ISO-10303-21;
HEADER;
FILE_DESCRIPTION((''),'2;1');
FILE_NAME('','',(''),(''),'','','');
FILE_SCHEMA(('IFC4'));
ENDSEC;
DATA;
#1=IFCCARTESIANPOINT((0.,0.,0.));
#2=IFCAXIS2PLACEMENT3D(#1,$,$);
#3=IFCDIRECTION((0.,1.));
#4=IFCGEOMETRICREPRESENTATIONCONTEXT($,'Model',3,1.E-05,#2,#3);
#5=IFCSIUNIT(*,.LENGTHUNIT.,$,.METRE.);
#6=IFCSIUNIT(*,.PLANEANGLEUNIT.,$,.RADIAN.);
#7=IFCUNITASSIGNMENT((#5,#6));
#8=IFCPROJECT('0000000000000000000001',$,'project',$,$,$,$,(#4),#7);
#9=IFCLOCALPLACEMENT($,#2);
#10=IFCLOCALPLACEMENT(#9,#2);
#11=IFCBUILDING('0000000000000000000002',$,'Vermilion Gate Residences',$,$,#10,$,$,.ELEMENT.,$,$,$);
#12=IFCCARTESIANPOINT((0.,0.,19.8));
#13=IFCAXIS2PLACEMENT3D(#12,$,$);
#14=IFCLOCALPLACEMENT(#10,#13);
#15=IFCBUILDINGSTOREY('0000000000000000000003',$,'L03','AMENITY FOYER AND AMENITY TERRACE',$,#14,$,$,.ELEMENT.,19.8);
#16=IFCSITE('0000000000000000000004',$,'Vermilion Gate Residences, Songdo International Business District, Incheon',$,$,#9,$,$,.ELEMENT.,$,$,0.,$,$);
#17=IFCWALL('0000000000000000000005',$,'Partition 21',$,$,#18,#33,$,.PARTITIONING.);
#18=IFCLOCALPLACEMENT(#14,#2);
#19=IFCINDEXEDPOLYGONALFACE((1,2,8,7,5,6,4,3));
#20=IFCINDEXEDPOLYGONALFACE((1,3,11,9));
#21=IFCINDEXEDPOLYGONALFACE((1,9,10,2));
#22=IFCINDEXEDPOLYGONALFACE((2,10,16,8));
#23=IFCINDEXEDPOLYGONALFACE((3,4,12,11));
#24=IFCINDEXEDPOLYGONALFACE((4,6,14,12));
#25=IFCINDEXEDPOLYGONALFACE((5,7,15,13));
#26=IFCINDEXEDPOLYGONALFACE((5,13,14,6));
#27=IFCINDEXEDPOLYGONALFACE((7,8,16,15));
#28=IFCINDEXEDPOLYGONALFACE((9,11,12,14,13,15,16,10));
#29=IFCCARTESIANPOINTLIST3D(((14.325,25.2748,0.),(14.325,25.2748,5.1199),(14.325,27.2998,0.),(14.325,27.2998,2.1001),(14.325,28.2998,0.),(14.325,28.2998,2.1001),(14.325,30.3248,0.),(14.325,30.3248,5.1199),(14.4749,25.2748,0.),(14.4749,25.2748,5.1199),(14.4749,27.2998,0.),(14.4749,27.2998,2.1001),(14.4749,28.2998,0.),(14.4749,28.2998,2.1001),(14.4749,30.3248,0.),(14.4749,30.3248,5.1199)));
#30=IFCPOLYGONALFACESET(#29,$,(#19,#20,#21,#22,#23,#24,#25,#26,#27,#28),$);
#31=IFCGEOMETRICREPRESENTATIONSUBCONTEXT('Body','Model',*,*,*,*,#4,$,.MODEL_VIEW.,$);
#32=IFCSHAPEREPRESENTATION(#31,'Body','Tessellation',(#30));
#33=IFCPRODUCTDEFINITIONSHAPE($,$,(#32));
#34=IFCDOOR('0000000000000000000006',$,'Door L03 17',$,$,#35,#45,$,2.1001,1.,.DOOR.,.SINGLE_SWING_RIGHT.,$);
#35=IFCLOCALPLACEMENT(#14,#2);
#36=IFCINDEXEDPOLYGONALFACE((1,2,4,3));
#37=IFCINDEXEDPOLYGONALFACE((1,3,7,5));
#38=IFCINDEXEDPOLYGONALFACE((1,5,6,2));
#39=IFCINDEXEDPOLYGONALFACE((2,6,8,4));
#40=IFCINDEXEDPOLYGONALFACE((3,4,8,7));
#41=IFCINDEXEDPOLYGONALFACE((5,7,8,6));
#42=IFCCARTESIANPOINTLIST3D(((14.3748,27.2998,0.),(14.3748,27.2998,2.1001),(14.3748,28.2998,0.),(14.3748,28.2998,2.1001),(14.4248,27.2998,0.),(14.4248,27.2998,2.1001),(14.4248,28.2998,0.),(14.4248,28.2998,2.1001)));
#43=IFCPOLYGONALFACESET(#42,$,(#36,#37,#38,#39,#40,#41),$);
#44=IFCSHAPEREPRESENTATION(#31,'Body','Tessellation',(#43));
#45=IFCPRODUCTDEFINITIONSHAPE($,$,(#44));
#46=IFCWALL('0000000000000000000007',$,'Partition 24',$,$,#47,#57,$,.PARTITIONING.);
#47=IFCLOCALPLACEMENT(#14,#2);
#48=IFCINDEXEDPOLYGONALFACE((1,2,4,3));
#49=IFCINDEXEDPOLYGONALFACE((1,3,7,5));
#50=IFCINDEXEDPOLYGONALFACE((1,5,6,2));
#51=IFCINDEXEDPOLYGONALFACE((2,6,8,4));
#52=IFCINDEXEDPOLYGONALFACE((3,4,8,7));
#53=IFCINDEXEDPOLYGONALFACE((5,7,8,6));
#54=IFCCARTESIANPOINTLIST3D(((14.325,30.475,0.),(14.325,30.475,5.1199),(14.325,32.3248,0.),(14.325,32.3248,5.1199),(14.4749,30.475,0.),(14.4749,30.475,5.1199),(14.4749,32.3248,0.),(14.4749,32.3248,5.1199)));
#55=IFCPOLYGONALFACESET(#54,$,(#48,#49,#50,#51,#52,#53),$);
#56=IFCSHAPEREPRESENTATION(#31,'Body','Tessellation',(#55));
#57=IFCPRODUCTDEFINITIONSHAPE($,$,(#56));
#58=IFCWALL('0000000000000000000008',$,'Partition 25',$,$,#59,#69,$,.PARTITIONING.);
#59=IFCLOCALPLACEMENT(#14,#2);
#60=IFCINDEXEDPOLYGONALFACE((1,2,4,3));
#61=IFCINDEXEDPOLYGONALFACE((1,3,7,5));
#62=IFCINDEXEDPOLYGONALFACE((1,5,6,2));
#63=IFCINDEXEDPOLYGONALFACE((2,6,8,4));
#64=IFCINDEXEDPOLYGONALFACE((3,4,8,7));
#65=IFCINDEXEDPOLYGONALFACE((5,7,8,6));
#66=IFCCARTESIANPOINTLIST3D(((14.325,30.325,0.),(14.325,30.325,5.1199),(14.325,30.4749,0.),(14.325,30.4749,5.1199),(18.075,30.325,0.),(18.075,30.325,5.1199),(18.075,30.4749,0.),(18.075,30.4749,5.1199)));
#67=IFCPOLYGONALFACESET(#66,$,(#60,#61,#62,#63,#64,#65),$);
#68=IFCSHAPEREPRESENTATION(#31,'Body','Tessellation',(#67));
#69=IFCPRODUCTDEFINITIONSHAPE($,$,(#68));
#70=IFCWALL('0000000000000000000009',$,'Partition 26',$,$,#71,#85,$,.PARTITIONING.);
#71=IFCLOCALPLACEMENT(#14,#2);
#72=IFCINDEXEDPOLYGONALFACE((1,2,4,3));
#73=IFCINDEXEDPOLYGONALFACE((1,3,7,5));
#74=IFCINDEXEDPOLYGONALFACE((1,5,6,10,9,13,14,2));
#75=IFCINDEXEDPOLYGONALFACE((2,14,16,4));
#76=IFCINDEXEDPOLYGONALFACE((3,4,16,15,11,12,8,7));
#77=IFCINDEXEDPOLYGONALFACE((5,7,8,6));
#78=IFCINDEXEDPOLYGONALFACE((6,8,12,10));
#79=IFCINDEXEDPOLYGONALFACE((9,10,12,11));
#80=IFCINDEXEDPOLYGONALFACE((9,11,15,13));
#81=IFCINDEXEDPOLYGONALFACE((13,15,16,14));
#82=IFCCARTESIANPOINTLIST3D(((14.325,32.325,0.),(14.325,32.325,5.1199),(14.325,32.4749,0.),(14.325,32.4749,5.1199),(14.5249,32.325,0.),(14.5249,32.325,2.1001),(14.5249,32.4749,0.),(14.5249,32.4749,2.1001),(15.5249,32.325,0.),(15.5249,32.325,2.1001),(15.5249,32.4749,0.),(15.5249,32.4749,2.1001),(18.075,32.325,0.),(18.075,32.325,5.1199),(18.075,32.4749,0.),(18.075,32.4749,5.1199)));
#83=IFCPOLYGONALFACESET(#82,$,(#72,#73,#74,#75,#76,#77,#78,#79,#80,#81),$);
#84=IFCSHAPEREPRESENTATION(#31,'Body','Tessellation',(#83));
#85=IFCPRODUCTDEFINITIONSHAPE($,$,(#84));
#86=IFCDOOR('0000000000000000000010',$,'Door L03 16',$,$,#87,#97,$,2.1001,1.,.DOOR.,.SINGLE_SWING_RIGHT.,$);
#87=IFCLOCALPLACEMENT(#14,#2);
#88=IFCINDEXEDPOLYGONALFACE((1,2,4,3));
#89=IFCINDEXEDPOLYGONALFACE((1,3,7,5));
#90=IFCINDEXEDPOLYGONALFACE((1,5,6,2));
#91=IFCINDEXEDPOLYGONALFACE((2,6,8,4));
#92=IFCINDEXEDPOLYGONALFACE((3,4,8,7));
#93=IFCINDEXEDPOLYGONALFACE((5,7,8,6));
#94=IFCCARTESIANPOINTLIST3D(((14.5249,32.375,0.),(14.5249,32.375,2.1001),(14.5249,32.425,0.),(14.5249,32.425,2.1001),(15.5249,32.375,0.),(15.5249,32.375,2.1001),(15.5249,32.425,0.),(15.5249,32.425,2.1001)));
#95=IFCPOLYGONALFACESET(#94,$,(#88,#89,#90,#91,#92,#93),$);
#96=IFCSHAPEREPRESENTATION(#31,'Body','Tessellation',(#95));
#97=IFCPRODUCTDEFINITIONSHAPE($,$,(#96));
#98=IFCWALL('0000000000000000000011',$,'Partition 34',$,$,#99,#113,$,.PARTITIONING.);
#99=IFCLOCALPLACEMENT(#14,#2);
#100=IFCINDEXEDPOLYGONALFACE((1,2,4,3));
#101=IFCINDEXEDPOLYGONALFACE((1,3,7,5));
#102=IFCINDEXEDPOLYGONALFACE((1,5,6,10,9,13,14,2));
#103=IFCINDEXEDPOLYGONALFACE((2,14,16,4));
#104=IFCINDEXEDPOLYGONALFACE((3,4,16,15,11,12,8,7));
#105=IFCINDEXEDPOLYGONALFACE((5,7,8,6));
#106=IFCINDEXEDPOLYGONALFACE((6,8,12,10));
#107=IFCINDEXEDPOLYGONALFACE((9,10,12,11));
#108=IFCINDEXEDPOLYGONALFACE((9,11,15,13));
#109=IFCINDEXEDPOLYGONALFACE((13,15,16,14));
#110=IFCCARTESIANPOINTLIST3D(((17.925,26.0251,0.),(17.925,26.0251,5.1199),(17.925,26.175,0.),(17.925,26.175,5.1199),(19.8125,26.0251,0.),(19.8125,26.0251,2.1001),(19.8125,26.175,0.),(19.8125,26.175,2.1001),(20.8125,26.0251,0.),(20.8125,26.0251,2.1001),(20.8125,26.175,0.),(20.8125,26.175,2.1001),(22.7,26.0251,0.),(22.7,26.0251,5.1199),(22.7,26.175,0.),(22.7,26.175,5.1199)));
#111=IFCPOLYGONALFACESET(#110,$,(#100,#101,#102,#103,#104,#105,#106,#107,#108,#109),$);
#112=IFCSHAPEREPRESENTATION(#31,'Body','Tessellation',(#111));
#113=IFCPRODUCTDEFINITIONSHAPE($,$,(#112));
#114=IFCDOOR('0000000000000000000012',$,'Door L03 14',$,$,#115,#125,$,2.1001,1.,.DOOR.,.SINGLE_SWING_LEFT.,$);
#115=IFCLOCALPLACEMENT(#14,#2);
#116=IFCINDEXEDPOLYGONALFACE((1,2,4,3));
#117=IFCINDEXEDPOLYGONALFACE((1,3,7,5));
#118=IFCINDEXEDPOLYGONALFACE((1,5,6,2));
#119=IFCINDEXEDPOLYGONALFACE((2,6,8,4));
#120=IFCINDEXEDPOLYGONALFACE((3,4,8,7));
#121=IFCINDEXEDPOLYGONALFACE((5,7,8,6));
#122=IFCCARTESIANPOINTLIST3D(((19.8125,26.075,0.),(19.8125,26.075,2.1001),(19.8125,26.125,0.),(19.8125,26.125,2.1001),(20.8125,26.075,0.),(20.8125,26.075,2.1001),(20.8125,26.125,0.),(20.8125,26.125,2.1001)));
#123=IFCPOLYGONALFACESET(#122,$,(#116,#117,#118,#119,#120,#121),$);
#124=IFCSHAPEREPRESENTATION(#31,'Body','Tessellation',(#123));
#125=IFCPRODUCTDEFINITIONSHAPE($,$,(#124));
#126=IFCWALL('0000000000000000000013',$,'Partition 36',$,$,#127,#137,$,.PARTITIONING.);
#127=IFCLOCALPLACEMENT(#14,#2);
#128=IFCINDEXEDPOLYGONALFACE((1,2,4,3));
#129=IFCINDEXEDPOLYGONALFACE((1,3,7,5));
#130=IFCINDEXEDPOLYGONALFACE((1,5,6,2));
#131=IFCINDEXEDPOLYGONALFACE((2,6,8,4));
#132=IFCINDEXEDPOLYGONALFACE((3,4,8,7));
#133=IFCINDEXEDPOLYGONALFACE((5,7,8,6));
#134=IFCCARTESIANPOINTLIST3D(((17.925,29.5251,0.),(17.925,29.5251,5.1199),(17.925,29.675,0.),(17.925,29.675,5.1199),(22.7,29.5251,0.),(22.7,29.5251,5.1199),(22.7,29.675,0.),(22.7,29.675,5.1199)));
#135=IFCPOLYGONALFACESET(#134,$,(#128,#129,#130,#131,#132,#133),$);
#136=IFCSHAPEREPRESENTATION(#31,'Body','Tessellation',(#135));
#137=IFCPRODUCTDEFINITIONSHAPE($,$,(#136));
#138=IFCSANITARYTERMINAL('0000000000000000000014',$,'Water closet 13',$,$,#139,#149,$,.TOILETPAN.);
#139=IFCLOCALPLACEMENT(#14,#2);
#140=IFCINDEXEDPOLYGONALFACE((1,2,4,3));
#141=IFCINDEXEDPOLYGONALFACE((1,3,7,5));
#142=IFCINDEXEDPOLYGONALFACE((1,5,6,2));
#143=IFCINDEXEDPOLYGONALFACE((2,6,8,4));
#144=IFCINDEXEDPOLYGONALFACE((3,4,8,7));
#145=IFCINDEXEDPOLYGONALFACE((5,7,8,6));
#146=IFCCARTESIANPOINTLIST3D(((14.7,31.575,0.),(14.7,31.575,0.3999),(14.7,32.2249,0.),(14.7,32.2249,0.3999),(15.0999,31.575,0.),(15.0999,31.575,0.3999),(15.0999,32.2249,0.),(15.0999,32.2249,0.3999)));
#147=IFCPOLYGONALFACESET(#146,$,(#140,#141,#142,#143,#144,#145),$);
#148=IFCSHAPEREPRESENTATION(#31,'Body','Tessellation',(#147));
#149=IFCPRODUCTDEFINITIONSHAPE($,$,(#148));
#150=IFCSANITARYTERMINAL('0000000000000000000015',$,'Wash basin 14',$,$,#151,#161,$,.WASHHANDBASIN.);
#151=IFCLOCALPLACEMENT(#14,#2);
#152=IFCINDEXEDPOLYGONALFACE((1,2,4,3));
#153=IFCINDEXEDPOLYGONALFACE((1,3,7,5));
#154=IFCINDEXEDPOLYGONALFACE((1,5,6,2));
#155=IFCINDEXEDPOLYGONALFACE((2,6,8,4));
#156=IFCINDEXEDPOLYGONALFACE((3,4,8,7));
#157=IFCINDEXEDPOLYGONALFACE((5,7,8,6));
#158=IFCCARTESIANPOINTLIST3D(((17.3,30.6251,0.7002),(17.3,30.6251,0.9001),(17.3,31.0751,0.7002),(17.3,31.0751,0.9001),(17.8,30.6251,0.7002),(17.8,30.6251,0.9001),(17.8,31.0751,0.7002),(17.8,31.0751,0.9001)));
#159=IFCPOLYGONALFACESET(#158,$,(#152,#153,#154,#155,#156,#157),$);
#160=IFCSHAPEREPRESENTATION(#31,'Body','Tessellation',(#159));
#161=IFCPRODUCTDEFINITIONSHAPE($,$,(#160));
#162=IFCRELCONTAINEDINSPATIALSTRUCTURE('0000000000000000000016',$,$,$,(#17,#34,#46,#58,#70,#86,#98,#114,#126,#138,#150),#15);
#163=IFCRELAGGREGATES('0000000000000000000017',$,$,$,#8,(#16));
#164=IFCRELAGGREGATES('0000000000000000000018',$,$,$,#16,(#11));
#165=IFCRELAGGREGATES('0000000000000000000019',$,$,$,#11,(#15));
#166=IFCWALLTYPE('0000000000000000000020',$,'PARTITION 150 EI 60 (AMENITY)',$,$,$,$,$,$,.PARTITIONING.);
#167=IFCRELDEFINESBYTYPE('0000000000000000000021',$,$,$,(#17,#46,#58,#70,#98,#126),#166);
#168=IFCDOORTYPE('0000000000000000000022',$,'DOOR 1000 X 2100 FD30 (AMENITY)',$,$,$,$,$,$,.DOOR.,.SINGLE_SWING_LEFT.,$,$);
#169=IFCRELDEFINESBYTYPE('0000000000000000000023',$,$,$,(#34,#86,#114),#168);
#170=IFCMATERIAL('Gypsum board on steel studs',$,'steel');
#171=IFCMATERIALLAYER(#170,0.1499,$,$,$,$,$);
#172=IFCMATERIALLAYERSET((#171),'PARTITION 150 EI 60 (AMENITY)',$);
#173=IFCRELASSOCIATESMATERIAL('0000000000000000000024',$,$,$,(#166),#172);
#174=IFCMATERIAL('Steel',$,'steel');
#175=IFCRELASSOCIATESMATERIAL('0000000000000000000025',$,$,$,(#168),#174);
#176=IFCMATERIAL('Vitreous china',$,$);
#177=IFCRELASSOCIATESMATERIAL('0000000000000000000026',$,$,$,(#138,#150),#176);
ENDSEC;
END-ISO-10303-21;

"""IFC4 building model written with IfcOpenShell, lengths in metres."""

from ifc_helpers import new_model, si_unit, direction, frame, frame_2d, origin, origin_2d, place, context, subcontext, project, spatial, rectangle, extrude, material, layer, layer_set, type_object, element, fill, save


model = new_model("IFC4")

# Units and contexts
model_context = context("Model", 3, precision=1e-05, world=origin(), true_north=direction((0.0, 1.0)))
body_context = subcontext(model_context, "Body", "Model", "MODEL_VIEW")
ifc_project = project(units=[si_unit("LENGTHUNIT", "METRE"), si_unit("PLANEANGLEUNIT", "RADIAN")], contexts=[model_context])

# Site, building, storey
site_placement = place(None, origin())
site = spatial("IfcSite", under=ifc_project, at=site_placement, Name="Vermilion Gate Residences, Songdo International Business District, Incheon", CompositionType="ELEMENT", RefElevation=0.0)
building_placement = place(site_placement, origin())
building = spatial("IfcBuilding", under=site, at=building_placement, Name="Vermilion Gate Residences", CompositionType="ELEMENT")
storey_placement = place(building_placement, frame((0.0, 0.0, 19.8)))
storey = spatial("IfcBuildingStorey", under=building, at=storey_placement, Name="L03", Description="AMENITY FOYER AND AMENITY TERRACE", CompositionType="ELEMENT", Elevation=19.8)

# Shared definitions
ifc_material_1 = material(Name="Gypsum board on steel studs", Category="steel")
ifc_layer = layer(ifc_material_1, 0.1499)
ifc_layer_set = layer_set([ifc_layer], Name="PARTITION 150 EI 60 (AMENITY)")
wall_type = type_object("IfcWallType", Name="PARTITION 150 EI 60 (AMENITY)", PredefinedType="PARTITIONING", material=ifc_layer_set)
ifc_material_2 = material(Name="Steel", Category="steel")
door_type = type_object("IfcDoorType", Name="DOOR 1000 X 2100 FD30 (AMENITY)", OperationType="SINGLE_SWING_LEFT", PredefinedType="DOOR", material=ifc_material_2)

# Wall, opening, door
wall_1_placement = place(storey_placement, frame((14.3999, 25.2749, 0.0), z_axis=(0.0, 0.0, 1.0), x_axis=(0.0, 1.0, 0.0)))
wall_1 = element("IfcWall", 1, at=wall_1_placement, inside=storey, type_object=wall_type, Name="Partition 21", PredefinedType="PARTITIONING", context=body_context, shape_type="SweptSolid", body=[
    extrude(rectangle(XDim=5.05, YDim=0.1499, at=frame_2d((2.5249, 0.0))), origin(), (0.0, 0.0, 1.0), 5.1199),
])
opening_1_placement = place(wall_1_placement, frame((2.0249, 0.0, 0.0)))
opening_1 = element("IfcOpeningElement", 2, at=opening_1_placement, cuts=wall_1, PredefinedType="OPENING", context=body_context, shape_type="SweptSolid", body=[
    extrude(rectangle(XDim=1.0, YDim=2.1001, at=frame_2d((0.5, 1.05))), frame((0.0, 0.085, 0.0), z_axis=(0.0, -1.0, 0.0), x_axis=(1.0, 0.0, 0.0)), (0.0, 0.0, 1.0), 0.1699),
])
door_1_placement = place(opening_1_placement, frame((1.0, 0.0, 0.0), z_axis=(0.0, 0.0, 1.0), x_axis=(-1.0, 0.0, 0.0)))
door_1 = element("IfcDoor", 3, at=door_1_placement, inside=storey, type_object=door_type, Name="Door L03 17", OperationType="SINGLE_SWING_RIGHT", OverallHeight=2.1001, OverallWidth=1.0, PredefinedType="DOOR", context=body_context, shape_type="SweptSolid", body=[
    extrude(rectangle(XDim=1.0, YDim=2.1001, at=frame_2d((0.5, 1.05))), frame((0.0, 0.0249, 0.0), z_axis=(0.0, -1.0, 0.0), x_axis=(1.0, 0.0, 0.0)), (0.0, 0.0, 1.0), 0.05),
])
fill(opening_1, door_1)

# Walls
wall_2_placement = place(storey_placement, frame((14.3999, 30.4751, 0.0), z_axis=(0.0, 0.0, 1.0), x_axis=(0.0, 1.0, 0.0)))
element("IfcWall", 4, at=wall_2_placement, inside=storey, type_object=wall_type, Name="Partition 24", PredefinedType="PARTITIONING", context=body_context, shape_type="SweptSolid", body=[
    extrude(rectangle(XDim=1.8499, YDim=0.1499, at=frame_2d((0.9248, 0.0))), origin(), (0.0, 0.0, 1.0), 5.1199),
])
wall_3_placement = place(storey_placement, frame((14.325, 30.3999, 0.0), z_axis=(0.0, 0.0, 1.0), x_axis=(1.0, 0.0, 0.0)))
element("IfcWall", 5, at=wall_3_placement, inside=storey, type_object=wall_type, Name="Partition 25", PredefinedType="PARTITIONING", context=body_context, shape_type="SweptSolid", body=[
    extrude(rectangle(XDim=3.75, YDim=0.1499, at=frame_2d((1.875, 0.0))), origin(), (0.0, 0.0, 1.0), 5.1199),
])

# Walls, openings, doors
wall_4_placement = place(storey_placement, frame((14.325, 32.3999, 0.0), z_axis=(0.0, 0.0, 1.0), x_axis=(1.0, 0.0, 0.0)))
wall_4 = element("IfcWall", 6, at=wall_4_placement, inside=storey, type_object=wall_type, Name="Partition 26", PredefinedType="PARTITIONING", context=body_context, shape_type="SweptSolid", body=[
    extrude(rectangle(XDim=3.75, YDim=0.1499, at=frame_2d((1.875, 0.0))), origin(), (0.0, 0.0, 1.0), 5.1199),
])
opening_2_placement = place(wall_4_placement, frame((0.2, 0.0, 0.0)))
opening_2 = element("IfcOpeningElement", 7, at=opening_2_placement, cuts=wall_4, PredefinedType="OPENING", context=body_context, shape_type="SweptSolid", body=[
    extrude(rectangle(XDim=1.0, YDim=2.1001, at=frame_2d((0.5, 1.05))), frame((0.0, 0.085, 0.0), z_axis=(0.0, -1.0, 0.0), x_axis=(1.0, 0.0, 0.0)), (0.0, 0.0, 1.0), 0.1699),
])
door_2_placement = place(opening_2_placement, frame((1.0, 0.0, 0.0), z_axis=(0.0, 0.0, 1.0), x_axis=(-1.0, 0.0, 0.0)))
door_2 = element("IfcDoor", 8, at=door_2_placement, inside=storey, type_object=door_type, Name="Door L03 16", OperationType="SINGLE_SWING_RIGHT", OverallHeight=2.1001, OverallWidth=1.0, PredefinedType="DOOR", context=body_context, shape_type="SweptSolid", body=[
    extrude(rectangle(XDim=1.0, YDim=2.1001, at=frame_2d((0.5, 1.05))), frame((0.0, 0.0249, 0.0), z_axis=(0.0, -1.0, 0.0), x_axis=(1.0, 0.0, 0.0)), (0.0, 0.0, 1.0), 0.05),
])
fill(opening_2, door_2)
wall_5_placement = place(storey_placement, frame((17.925, 26.1001, 0.0), z_axis=(0.0, 0.0, 1.0), x_axis=(1.0, 0.0, 0.0)))
wall_5 = element("IfcWall", 9, at=wall_5_placement, inside=storey, type_object=wall_type, Name="Partition 34", PredefinedType="PARTITIONING", context=body_context, shape_type="SweptSolid", body=[
    extrude(rectangle(XDim=4.7749, YDim=0.1499, at=frame_2d((2.3875, 0.0))), origin(), (0.0, 0.0, 1.0), 5.1199),
])
opening_3_placement = place(wall_5_placement, frame((1.8875, 0.0, 0.0)))
opening_3 = element("IfcOpeningElement", 10, at=opening_3_placement, cuts=wall_5, PredefinedType="OPENING", context=body_context, shape_type="SweptSolid", body=[
    extrude(rectangle(XDim=1.0, YDim=2.1001, at=frame_2d((0.5, 1.05))), frame((0.0, 0.085, 0.0), z_axis=(0.0, -1.0, 0.0), x_axis=(1.0, 0.0, 0.0)), (0.0, 0.0, 1.0), 0.1699),
])
door_3_placement = place(opening_3_placement, origin())
door_3 = element("IfcDoor", 11, at=door_3_placement, inside=storey, type_object=door_type, Name="Door L03 14", OperationType="SINGLE_SWING_LEFT", OverallHeight=2.1001, OverallWidth=1.0, PredefinedType="DOOR", context=body_context, shape_type="SweptSolid", body=[
    extrude(rectangle(XDim=1.0, YDim=2.1001, at=frame_2d((0.5, 1.05))), frame((0.0, 0.0249, 0.0), z_axis=(0.0, -1.0, 0.0), x_axis=(1.0, 0.0, 0.0)), (0.0, 0.0, 1.0), 0.05),
])
fill(opening_3, door_3)

# Wall
wall_6_placement = place(storey_placement, frame((17.925, 29.6001, 0.0), z_axis=(0.0, 0.0, 1.0), x_axis=(1.0, 0.0, 0.0)))
element("IfcWall", 12, at=wall_6_placement, inside=storey, type_object=wall_type, Name="Partition 36", PredefinedType="PARTITIONING", context=body_context, shape_type="SweptSolid", body=[
    extrude(rectangle(XDim=4.7749, YDim=0.1499, at=frame_2d((2.3875, 0.0))), origin(), (0.0, 0.0, 1.0), 5.1199),
])

# Sanitary terminals
ifc_material_3 = material(Name="Vitreous china")
sanitary_terminal_1_placement = place(storey_placement, frame((14.8999, 31.8999, 0.0), z_axis=(0.0, 0.0, 1.0), x_axis=(1.0, 0.0, 0.0)))
element("IfcSanitaryTerminal", 13, at=sanitary_terminal_1_placement, inside=storey, material=ifc_material_3, Name="Water closet 13", PredefinedType="TOILETPAN", context=body_context, shape_type="SweptSolid", body=[
    extrude(rectangle(XDim=0.3999, YDim=0.6499, at=origin_2d()), origin(), (0.0, 0.0, 1.0), 0.3999),
])
sanitary_terminal_2_placement = place(storey_placement, frame((17.55, 30.8501, 0.7002), z_axis=(0.0, 0.0, 1.0), x_axis=(1.0, 0.0, 0.0)))
element("IfcSanitaryTerminal", 14, at=sanitary_terminal_2_placement, inside=storey, material=ifc_material_3, Name="Wash basin 14", PredefinedType="WASHHANDBASIN", context=body_context, shape_type="SweptSolid", body=[
    extrude(rectangle(XDim=0.5, YDim=0.45, at=origin_2d()), origin(), (0.0, 0.0, 1.0), 0.2),
])

save(model, "model.ifc")
